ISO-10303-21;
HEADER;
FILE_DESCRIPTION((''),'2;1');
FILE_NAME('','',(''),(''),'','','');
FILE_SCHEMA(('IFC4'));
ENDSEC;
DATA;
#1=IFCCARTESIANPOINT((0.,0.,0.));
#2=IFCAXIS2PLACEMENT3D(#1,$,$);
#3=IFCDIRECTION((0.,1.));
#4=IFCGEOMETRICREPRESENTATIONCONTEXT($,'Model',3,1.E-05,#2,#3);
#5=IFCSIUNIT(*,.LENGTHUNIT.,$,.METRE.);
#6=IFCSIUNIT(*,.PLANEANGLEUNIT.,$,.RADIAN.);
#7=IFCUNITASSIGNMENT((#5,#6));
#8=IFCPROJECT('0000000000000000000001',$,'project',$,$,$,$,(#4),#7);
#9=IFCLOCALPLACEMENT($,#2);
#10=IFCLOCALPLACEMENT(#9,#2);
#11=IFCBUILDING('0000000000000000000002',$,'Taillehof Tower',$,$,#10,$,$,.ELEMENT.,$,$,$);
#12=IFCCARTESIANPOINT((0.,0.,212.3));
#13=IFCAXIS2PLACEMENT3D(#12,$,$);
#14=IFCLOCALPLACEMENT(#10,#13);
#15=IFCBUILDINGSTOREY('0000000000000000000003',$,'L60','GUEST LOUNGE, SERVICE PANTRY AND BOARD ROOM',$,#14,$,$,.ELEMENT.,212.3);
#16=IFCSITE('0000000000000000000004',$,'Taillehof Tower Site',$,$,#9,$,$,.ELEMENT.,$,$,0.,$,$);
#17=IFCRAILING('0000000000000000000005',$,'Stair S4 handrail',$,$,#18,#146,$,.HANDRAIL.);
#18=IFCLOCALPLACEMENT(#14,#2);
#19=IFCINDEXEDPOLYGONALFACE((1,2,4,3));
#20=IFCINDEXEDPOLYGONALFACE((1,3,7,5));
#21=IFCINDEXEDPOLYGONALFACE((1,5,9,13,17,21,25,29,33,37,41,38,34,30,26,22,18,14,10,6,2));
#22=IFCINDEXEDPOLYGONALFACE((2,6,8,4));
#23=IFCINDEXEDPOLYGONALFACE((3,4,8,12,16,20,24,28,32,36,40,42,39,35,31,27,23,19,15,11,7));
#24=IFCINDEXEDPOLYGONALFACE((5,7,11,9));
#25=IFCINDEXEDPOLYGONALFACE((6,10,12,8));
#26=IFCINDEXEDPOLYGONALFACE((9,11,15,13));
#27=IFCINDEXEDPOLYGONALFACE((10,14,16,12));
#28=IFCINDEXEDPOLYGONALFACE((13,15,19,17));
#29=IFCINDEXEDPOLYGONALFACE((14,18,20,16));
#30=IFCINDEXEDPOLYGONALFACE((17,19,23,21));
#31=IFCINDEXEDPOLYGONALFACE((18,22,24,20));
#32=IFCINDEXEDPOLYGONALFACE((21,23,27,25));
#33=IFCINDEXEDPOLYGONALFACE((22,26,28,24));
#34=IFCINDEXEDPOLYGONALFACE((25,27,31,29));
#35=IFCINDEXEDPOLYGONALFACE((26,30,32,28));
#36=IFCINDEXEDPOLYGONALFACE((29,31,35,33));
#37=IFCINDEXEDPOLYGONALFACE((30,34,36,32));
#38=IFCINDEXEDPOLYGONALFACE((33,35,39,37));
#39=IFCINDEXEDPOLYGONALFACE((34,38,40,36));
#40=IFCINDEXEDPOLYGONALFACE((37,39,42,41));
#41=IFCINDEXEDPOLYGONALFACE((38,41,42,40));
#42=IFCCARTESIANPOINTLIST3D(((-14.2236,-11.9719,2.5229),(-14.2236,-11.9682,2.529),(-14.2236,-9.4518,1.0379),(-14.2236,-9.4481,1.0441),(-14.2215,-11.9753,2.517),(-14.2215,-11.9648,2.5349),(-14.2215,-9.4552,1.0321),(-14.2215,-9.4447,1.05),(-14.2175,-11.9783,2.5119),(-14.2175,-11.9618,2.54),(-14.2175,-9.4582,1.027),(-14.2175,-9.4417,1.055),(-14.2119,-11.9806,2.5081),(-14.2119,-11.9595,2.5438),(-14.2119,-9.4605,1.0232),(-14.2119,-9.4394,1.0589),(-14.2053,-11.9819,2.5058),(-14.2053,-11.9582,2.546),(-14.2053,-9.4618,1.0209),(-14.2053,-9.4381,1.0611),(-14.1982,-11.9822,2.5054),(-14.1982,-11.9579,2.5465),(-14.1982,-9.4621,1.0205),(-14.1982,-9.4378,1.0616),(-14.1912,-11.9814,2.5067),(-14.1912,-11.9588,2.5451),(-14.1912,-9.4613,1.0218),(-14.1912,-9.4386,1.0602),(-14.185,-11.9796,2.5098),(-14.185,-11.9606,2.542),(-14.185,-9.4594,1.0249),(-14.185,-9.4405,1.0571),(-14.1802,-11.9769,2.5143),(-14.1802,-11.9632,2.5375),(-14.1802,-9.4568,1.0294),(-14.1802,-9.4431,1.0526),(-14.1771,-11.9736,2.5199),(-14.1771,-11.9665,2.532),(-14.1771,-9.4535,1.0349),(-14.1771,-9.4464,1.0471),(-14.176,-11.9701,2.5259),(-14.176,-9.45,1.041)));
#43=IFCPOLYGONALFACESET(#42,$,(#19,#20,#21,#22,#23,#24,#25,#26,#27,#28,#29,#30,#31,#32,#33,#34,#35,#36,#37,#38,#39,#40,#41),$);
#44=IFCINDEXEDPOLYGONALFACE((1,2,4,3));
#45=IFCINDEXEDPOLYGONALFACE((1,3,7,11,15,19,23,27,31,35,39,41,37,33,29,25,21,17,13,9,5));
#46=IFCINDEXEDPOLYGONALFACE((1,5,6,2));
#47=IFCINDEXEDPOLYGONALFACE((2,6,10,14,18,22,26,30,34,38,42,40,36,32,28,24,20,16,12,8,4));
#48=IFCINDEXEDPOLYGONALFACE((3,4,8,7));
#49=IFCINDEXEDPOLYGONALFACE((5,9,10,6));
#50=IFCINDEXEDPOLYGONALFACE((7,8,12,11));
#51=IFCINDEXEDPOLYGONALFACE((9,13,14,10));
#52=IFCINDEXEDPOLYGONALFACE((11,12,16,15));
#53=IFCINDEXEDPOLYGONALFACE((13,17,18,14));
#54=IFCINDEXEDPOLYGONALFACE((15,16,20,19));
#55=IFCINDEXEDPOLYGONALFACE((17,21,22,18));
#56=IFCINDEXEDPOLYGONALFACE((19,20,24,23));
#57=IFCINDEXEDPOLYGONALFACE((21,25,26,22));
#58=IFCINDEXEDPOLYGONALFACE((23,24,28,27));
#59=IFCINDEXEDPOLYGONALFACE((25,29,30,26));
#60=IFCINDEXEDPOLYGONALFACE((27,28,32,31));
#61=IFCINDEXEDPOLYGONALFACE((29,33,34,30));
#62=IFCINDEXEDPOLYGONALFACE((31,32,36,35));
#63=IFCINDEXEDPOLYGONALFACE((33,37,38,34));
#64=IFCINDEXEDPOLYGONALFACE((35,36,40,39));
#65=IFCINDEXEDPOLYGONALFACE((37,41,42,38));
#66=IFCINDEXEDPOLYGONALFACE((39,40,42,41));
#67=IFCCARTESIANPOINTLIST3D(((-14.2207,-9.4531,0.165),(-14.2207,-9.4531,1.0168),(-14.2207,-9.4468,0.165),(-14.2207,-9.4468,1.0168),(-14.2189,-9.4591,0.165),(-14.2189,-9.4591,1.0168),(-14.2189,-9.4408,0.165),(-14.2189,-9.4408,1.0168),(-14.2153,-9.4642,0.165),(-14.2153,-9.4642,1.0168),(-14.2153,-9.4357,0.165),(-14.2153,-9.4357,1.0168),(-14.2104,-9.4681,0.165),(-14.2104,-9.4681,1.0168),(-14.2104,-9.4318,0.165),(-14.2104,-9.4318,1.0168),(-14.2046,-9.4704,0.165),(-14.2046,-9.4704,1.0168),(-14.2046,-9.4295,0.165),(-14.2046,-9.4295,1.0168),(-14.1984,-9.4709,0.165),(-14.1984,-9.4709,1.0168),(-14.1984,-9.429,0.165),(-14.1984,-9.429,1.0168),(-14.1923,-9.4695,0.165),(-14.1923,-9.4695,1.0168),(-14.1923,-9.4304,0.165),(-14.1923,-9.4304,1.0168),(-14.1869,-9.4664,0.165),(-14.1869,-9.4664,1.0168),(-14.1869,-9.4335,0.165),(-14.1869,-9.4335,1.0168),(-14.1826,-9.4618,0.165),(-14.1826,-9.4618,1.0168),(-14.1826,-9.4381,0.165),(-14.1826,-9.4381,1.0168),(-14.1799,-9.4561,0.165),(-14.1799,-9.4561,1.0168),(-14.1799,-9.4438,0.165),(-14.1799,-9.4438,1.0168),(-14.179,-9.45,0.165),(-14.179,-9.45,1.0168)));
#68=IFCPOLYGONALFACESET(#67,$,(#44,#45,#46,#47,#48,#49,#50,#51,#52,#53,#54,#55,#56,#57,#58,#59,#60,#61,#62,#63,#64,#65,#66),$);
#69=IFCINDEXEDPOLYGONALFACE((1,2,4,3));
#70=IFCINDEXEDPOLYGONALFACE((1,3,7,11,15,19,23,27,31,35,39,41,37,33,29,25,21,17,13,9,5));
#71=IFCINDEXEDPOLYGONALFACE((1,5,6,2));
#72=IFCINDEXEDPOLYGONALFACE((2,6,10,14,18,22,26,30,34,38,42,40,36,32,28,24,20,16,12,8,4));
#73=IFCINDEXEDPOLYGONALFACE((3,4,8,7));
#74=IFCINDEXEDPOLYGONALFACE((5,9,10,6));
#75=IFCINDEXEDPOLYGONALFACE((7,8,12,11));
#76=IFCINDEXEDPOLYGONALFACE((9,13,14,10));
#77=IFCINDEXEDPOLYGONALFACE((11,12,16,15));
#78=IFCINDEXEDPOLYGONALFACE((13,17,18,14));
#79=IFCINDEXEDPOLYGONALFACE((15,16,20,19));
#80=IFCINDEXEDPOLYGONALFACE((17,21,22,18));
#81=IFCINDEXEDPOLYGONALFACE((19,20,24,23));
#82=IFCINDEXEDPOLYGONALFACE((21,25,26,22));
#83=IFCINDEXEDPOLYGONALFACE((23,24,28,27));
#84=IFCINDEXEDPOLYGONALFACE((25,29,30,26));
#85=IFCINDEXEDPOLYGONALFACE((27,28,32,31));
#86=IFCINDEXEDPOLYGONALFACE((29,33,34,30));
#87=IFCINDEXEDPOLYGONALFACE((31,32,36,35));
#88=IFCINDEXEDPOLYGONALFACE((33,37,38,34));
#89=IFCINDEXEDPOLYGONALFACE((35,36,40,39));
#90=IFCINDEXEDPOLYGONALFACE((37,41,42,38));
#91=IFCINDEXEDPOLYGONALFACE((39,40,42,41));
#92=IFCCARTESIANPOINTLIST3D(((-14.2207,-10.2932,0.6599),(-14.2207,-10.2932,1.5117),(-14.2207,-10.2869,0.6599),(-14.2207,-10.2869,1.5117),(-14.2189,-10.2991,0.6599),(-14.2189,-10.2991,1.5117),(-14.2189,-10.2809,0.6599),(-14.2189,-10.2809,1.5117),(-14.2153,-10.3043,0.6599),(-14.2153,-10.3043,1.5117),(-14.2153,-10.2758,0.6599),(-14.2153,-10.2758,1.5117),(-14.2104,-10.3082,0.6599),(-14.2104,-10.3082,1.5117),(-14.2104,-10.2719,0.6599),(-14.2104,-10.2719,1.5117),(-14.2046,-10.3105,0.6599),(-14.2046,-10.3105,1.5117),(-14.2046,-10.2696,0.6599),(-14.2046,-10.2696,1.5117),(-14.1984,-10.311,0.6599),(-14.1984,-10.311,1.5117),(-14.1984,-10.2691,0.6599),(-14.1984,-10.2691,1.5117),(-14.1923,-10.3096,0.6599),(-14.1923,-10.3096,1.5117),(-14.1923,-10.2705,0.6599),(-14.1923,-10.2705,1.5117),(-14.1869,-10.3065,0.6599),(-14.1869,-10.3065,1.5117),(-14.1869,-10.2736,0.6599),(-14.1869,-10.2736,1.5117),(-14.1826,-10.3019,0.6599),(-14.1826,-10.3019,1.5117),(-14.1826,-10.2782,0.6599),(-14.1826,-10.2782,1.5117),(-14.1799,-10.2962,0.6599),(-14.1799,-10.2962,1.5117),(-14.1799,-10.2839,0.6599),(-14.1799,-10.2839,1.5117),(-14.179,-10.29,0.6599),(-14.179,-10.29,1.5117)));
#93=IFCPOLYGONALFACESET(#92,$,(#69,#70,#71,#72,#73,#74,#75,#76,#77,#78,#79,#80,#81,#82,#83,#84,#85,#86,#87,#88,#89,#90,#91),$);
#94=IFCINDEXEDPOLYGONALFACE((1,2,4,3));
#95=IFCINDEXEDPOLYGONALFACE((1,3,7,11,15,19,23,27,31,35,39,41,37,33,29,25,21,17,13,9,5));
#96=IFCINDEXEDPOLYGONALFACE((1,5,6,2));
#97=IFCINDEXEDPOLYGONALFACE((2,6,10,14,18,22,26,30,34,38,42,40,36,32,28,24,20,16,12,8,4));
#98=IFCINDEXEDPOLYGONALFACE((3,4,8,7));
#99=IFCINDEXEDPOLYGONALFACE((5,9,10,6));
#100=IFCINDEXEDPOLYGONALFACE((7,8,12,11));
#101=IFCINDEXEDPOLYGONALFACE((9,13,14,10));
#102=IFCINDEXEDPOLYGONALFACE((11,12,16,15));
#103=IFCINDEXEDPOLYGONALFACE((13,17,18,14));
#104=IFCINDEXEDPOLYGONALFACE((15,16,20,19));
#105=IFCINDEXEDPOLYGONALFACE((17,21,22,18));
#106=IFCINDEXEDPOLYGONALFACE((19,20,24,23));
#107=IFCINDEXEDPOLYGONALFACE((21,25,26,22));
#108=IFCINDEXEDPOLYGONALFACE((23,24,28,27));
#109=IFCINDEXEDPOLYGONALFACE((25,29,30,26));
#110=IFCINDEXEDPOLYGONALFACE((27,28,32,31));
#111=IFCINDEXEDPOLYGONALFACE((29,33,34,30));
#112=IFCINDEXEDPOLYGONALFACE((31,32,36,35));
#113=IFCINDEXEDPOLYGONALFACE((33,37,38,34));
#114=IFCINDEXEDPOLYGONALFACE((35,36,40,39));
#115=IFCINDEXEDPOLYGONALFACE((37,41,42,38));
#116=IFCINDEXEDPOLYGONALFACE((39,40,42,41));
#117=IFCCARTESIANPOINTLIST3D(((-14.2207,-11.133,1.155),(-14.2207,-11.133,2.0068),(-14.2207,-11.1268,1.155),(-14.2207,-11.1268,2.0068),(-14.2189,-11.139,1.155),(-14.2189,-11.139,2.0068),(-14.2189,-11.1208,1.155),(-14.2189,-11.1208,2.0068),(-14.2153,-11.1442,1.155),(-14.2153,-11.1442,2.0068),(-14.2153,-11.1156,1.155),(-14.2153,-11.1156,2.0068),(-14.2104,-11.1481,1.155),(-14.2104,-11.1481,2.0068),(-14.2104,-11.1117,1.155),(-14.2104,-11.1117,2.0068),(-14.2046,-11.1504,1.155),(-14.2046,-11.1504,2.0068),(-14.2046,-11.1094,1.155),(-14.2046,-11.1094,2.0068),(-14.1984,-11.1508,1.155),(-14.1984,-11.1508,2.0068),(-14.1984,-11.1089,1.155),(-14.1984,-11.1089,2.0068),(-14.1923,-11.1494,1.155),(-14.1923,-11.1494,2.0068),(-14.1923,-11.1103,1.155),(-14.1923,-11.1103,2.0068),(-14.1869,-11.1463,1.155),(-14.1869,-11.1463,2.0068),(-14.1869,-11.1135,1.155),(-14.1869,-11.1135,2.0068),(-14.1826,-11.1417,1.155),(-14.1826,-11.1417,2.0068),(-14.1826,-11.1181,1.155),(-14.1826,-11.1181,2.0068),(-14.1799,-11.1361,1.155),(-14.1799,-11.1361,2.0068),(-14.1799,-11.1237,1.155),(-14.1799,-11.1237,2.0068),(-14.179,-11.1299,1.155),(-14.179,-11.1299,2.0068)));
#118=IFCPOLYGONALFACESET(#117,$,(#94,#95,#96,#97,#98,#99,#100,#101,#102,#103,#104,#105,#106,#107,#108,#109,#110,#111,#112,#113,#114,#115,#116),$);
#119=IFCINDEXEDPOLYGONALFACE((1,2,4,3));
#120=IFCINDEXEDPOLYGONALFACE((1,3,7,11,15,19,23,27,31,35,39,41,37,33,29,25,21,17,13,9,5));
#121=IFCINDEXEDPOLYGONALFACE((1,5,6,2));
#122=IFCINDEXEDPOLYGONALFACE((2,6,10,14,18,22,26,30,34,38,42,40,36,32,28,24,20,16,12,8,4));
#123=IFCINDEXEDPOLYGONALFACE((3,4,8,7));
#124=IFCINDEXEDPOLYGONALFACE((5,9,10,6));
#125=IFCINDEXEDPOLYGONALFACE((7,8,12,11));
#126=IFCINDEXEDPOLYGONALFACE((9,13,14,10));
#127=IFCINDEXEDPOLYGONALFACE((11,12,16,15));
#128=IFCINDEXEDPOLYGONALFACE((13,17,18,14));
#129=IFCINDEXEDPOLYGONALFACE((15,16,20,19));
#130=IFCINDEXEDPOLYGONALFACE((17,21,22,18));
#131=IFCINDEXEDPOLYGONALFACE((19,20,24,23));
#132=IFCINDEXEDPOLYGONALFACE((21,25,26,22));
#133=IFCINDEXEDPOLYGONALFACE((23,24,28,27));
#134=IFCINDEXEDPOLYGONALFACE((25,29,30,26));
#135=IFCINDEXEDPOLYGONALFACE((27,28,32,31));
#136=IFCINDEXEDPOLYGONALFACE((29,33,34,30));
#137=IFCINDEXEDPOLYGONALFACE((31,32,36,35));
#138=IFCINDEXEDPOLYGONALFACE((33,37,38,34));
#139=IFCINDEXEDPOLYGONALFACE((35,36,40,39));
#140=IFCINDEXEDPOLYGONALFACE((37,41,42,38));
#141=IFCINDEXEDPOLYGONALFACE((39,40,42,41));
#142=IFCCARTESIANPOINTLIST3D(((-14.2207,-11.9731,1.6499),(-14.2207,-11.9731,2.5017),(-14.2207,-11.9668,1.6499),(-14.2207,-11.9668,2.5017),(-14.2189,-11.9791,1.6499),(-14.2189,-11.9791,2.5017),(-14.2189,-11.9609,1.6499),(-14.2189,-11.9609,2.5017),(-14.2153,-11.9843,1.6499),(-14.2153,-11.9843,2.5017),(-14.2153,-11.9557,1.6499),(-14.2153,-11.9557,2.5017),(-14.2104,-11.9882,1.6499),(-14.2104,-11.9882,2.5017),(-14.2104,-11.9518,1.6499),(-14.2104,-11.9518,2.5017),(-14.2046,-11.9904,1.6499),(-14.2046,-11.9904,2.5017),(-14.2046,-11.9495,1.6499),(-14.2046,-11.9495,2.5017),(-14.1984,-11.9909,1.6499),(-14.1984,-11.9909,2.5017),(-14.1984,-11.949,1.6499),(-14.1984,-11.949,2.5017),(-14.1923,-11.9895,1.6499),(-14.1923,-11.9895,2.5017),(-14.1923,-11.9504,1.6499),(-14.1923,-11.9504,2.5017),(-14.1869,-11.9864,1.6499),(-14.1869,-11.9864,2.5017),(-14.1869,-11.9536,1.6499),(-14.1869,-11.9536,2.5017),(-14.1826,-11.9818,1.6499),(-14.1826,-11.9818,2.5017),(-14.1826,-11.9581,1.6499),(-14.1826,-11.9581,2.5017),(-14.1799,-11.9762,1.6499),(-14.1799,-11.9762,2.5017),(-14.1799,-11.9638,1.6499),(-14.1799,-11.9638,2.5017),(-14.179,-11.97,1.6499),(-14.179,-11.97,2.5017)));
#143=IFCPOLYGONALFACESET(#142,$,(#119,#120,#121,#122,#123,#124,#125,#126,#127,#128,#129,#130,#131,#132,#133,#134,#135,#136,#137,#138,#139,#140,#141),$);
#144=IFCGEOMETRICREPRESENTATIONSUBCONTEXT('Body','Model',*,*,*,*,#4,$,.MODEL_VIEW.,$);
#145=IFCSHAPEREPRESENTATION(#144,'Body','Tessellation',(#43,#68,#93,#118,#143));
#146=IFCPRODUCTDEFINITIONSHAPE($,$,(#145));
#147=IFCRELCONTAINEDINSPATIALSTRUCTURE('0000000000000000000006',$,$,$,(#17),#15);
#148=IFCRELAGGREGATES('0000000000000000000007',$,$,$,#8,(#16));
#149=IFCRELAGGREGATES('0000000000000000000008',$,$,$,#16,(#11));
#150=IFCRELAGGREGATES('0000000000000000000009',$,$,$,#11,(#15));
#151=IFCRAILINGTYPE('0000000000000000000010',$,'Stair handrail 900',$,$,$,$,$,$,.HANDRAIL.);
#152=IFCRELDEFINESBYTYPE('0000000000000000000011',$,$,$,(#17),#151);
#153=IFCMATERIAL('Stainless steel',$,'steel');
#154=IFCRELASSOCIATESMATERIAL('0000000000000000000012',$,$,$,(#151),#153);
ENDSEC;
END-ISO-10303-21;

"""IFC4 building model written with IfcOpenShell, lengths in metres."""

from ifc_helpers import new_model, si_unit, direction, frame, origin, origin_2d, place, context, subcontext, project, spatial, circle, extrude, material, type_object, element, save


model = new_model("IFC4")

# Units and contexts
model_context = context("Model", 3, precision=1e-05, world=origin(), true_north=direction((0.0, 1.0)))
body_context = subcontext(model_context, "Body", "Model", "MODEL_VIEW")
ifc_project = project(units=[si_unit("LENGTHUNIT", "METRE"), si_unit("PLANEANGLEUNIT", "RADIAN")], contexts=[model_context])

# Site, building, storey
site_placement = place(None, origin())
site = spatial("IfcSite", under=ifc_project, at=site_placement, Name="Taillehof Tower Site", CompositionType="ELEMENT", RefElevation=0.0)
building_placement = place(site_placement, origin())
building = spatial("IfcBuilding", under=site, at=building_placement, Name="Taillehof Tower", CompositionType="ELEMENT")
storey_placement = place(building_placement, frame((0.0, 0.0, 212.3)))
storey = spatial("IfcBuildingStorey", under=building, at=storey_placement, Name="L60", Description="GUEST LOUNGE, SERVICE PANTRY AND BOARD ROOM", CompositionType="ELEMENT", Elevation=212.3)

# Railing
ifc_material_1 = material(Name="Stainless steel", Category="steel")
railing_type_1 = type_object("IfcRailingType", Name="Stair handrail 900", PredefinedType="HANDRAIL", material=ifc_material_1)
railing_1_placement = place(storey_placement, frame((-14.2, -9.45, 0.165)))
element("IfcRailing", 1, at=railing_1_placement, inside=storey, type_object=railing_type_1, Name="Stair S4 handrail", PredefinedType="HANDRAIL", context=body_context, shape_type="SweptSolid", body=[
    extrude(circle(Radius=0.0239, at=origin_2d()), frame((0.0, 0.0, 0.876), z_axis=(0.0, -0.861561, 0.507655), x_axis=(1.0, 0.0, 0.0)), (0.0, 0.0, 1.0), 2.925),
    extrude(circle(Radius=0.021, at=origin_2d()), origin(), (0.0, 0.0, 1.0), 0.8518),
    extrude(circle(Radius=0.021, at=origin_2d()), frame((0.0, -0.8401, 0.4949)), (0.0, 0.0, 1.0), 0.8518),
    extrude(circle(Radius=0.021, at=origin_2d()), frame((0.0, -1.6799, 0.99)), (0.0, 0.0, 1.0), 0.8518),
    extrude(circle(Radius=0.021, at=origin_2d()), frame((0.0, -2.52, 1.4849)), (0.0, 0.0, 1.0), 0.8518),
])

save(model, "model.ifc")
